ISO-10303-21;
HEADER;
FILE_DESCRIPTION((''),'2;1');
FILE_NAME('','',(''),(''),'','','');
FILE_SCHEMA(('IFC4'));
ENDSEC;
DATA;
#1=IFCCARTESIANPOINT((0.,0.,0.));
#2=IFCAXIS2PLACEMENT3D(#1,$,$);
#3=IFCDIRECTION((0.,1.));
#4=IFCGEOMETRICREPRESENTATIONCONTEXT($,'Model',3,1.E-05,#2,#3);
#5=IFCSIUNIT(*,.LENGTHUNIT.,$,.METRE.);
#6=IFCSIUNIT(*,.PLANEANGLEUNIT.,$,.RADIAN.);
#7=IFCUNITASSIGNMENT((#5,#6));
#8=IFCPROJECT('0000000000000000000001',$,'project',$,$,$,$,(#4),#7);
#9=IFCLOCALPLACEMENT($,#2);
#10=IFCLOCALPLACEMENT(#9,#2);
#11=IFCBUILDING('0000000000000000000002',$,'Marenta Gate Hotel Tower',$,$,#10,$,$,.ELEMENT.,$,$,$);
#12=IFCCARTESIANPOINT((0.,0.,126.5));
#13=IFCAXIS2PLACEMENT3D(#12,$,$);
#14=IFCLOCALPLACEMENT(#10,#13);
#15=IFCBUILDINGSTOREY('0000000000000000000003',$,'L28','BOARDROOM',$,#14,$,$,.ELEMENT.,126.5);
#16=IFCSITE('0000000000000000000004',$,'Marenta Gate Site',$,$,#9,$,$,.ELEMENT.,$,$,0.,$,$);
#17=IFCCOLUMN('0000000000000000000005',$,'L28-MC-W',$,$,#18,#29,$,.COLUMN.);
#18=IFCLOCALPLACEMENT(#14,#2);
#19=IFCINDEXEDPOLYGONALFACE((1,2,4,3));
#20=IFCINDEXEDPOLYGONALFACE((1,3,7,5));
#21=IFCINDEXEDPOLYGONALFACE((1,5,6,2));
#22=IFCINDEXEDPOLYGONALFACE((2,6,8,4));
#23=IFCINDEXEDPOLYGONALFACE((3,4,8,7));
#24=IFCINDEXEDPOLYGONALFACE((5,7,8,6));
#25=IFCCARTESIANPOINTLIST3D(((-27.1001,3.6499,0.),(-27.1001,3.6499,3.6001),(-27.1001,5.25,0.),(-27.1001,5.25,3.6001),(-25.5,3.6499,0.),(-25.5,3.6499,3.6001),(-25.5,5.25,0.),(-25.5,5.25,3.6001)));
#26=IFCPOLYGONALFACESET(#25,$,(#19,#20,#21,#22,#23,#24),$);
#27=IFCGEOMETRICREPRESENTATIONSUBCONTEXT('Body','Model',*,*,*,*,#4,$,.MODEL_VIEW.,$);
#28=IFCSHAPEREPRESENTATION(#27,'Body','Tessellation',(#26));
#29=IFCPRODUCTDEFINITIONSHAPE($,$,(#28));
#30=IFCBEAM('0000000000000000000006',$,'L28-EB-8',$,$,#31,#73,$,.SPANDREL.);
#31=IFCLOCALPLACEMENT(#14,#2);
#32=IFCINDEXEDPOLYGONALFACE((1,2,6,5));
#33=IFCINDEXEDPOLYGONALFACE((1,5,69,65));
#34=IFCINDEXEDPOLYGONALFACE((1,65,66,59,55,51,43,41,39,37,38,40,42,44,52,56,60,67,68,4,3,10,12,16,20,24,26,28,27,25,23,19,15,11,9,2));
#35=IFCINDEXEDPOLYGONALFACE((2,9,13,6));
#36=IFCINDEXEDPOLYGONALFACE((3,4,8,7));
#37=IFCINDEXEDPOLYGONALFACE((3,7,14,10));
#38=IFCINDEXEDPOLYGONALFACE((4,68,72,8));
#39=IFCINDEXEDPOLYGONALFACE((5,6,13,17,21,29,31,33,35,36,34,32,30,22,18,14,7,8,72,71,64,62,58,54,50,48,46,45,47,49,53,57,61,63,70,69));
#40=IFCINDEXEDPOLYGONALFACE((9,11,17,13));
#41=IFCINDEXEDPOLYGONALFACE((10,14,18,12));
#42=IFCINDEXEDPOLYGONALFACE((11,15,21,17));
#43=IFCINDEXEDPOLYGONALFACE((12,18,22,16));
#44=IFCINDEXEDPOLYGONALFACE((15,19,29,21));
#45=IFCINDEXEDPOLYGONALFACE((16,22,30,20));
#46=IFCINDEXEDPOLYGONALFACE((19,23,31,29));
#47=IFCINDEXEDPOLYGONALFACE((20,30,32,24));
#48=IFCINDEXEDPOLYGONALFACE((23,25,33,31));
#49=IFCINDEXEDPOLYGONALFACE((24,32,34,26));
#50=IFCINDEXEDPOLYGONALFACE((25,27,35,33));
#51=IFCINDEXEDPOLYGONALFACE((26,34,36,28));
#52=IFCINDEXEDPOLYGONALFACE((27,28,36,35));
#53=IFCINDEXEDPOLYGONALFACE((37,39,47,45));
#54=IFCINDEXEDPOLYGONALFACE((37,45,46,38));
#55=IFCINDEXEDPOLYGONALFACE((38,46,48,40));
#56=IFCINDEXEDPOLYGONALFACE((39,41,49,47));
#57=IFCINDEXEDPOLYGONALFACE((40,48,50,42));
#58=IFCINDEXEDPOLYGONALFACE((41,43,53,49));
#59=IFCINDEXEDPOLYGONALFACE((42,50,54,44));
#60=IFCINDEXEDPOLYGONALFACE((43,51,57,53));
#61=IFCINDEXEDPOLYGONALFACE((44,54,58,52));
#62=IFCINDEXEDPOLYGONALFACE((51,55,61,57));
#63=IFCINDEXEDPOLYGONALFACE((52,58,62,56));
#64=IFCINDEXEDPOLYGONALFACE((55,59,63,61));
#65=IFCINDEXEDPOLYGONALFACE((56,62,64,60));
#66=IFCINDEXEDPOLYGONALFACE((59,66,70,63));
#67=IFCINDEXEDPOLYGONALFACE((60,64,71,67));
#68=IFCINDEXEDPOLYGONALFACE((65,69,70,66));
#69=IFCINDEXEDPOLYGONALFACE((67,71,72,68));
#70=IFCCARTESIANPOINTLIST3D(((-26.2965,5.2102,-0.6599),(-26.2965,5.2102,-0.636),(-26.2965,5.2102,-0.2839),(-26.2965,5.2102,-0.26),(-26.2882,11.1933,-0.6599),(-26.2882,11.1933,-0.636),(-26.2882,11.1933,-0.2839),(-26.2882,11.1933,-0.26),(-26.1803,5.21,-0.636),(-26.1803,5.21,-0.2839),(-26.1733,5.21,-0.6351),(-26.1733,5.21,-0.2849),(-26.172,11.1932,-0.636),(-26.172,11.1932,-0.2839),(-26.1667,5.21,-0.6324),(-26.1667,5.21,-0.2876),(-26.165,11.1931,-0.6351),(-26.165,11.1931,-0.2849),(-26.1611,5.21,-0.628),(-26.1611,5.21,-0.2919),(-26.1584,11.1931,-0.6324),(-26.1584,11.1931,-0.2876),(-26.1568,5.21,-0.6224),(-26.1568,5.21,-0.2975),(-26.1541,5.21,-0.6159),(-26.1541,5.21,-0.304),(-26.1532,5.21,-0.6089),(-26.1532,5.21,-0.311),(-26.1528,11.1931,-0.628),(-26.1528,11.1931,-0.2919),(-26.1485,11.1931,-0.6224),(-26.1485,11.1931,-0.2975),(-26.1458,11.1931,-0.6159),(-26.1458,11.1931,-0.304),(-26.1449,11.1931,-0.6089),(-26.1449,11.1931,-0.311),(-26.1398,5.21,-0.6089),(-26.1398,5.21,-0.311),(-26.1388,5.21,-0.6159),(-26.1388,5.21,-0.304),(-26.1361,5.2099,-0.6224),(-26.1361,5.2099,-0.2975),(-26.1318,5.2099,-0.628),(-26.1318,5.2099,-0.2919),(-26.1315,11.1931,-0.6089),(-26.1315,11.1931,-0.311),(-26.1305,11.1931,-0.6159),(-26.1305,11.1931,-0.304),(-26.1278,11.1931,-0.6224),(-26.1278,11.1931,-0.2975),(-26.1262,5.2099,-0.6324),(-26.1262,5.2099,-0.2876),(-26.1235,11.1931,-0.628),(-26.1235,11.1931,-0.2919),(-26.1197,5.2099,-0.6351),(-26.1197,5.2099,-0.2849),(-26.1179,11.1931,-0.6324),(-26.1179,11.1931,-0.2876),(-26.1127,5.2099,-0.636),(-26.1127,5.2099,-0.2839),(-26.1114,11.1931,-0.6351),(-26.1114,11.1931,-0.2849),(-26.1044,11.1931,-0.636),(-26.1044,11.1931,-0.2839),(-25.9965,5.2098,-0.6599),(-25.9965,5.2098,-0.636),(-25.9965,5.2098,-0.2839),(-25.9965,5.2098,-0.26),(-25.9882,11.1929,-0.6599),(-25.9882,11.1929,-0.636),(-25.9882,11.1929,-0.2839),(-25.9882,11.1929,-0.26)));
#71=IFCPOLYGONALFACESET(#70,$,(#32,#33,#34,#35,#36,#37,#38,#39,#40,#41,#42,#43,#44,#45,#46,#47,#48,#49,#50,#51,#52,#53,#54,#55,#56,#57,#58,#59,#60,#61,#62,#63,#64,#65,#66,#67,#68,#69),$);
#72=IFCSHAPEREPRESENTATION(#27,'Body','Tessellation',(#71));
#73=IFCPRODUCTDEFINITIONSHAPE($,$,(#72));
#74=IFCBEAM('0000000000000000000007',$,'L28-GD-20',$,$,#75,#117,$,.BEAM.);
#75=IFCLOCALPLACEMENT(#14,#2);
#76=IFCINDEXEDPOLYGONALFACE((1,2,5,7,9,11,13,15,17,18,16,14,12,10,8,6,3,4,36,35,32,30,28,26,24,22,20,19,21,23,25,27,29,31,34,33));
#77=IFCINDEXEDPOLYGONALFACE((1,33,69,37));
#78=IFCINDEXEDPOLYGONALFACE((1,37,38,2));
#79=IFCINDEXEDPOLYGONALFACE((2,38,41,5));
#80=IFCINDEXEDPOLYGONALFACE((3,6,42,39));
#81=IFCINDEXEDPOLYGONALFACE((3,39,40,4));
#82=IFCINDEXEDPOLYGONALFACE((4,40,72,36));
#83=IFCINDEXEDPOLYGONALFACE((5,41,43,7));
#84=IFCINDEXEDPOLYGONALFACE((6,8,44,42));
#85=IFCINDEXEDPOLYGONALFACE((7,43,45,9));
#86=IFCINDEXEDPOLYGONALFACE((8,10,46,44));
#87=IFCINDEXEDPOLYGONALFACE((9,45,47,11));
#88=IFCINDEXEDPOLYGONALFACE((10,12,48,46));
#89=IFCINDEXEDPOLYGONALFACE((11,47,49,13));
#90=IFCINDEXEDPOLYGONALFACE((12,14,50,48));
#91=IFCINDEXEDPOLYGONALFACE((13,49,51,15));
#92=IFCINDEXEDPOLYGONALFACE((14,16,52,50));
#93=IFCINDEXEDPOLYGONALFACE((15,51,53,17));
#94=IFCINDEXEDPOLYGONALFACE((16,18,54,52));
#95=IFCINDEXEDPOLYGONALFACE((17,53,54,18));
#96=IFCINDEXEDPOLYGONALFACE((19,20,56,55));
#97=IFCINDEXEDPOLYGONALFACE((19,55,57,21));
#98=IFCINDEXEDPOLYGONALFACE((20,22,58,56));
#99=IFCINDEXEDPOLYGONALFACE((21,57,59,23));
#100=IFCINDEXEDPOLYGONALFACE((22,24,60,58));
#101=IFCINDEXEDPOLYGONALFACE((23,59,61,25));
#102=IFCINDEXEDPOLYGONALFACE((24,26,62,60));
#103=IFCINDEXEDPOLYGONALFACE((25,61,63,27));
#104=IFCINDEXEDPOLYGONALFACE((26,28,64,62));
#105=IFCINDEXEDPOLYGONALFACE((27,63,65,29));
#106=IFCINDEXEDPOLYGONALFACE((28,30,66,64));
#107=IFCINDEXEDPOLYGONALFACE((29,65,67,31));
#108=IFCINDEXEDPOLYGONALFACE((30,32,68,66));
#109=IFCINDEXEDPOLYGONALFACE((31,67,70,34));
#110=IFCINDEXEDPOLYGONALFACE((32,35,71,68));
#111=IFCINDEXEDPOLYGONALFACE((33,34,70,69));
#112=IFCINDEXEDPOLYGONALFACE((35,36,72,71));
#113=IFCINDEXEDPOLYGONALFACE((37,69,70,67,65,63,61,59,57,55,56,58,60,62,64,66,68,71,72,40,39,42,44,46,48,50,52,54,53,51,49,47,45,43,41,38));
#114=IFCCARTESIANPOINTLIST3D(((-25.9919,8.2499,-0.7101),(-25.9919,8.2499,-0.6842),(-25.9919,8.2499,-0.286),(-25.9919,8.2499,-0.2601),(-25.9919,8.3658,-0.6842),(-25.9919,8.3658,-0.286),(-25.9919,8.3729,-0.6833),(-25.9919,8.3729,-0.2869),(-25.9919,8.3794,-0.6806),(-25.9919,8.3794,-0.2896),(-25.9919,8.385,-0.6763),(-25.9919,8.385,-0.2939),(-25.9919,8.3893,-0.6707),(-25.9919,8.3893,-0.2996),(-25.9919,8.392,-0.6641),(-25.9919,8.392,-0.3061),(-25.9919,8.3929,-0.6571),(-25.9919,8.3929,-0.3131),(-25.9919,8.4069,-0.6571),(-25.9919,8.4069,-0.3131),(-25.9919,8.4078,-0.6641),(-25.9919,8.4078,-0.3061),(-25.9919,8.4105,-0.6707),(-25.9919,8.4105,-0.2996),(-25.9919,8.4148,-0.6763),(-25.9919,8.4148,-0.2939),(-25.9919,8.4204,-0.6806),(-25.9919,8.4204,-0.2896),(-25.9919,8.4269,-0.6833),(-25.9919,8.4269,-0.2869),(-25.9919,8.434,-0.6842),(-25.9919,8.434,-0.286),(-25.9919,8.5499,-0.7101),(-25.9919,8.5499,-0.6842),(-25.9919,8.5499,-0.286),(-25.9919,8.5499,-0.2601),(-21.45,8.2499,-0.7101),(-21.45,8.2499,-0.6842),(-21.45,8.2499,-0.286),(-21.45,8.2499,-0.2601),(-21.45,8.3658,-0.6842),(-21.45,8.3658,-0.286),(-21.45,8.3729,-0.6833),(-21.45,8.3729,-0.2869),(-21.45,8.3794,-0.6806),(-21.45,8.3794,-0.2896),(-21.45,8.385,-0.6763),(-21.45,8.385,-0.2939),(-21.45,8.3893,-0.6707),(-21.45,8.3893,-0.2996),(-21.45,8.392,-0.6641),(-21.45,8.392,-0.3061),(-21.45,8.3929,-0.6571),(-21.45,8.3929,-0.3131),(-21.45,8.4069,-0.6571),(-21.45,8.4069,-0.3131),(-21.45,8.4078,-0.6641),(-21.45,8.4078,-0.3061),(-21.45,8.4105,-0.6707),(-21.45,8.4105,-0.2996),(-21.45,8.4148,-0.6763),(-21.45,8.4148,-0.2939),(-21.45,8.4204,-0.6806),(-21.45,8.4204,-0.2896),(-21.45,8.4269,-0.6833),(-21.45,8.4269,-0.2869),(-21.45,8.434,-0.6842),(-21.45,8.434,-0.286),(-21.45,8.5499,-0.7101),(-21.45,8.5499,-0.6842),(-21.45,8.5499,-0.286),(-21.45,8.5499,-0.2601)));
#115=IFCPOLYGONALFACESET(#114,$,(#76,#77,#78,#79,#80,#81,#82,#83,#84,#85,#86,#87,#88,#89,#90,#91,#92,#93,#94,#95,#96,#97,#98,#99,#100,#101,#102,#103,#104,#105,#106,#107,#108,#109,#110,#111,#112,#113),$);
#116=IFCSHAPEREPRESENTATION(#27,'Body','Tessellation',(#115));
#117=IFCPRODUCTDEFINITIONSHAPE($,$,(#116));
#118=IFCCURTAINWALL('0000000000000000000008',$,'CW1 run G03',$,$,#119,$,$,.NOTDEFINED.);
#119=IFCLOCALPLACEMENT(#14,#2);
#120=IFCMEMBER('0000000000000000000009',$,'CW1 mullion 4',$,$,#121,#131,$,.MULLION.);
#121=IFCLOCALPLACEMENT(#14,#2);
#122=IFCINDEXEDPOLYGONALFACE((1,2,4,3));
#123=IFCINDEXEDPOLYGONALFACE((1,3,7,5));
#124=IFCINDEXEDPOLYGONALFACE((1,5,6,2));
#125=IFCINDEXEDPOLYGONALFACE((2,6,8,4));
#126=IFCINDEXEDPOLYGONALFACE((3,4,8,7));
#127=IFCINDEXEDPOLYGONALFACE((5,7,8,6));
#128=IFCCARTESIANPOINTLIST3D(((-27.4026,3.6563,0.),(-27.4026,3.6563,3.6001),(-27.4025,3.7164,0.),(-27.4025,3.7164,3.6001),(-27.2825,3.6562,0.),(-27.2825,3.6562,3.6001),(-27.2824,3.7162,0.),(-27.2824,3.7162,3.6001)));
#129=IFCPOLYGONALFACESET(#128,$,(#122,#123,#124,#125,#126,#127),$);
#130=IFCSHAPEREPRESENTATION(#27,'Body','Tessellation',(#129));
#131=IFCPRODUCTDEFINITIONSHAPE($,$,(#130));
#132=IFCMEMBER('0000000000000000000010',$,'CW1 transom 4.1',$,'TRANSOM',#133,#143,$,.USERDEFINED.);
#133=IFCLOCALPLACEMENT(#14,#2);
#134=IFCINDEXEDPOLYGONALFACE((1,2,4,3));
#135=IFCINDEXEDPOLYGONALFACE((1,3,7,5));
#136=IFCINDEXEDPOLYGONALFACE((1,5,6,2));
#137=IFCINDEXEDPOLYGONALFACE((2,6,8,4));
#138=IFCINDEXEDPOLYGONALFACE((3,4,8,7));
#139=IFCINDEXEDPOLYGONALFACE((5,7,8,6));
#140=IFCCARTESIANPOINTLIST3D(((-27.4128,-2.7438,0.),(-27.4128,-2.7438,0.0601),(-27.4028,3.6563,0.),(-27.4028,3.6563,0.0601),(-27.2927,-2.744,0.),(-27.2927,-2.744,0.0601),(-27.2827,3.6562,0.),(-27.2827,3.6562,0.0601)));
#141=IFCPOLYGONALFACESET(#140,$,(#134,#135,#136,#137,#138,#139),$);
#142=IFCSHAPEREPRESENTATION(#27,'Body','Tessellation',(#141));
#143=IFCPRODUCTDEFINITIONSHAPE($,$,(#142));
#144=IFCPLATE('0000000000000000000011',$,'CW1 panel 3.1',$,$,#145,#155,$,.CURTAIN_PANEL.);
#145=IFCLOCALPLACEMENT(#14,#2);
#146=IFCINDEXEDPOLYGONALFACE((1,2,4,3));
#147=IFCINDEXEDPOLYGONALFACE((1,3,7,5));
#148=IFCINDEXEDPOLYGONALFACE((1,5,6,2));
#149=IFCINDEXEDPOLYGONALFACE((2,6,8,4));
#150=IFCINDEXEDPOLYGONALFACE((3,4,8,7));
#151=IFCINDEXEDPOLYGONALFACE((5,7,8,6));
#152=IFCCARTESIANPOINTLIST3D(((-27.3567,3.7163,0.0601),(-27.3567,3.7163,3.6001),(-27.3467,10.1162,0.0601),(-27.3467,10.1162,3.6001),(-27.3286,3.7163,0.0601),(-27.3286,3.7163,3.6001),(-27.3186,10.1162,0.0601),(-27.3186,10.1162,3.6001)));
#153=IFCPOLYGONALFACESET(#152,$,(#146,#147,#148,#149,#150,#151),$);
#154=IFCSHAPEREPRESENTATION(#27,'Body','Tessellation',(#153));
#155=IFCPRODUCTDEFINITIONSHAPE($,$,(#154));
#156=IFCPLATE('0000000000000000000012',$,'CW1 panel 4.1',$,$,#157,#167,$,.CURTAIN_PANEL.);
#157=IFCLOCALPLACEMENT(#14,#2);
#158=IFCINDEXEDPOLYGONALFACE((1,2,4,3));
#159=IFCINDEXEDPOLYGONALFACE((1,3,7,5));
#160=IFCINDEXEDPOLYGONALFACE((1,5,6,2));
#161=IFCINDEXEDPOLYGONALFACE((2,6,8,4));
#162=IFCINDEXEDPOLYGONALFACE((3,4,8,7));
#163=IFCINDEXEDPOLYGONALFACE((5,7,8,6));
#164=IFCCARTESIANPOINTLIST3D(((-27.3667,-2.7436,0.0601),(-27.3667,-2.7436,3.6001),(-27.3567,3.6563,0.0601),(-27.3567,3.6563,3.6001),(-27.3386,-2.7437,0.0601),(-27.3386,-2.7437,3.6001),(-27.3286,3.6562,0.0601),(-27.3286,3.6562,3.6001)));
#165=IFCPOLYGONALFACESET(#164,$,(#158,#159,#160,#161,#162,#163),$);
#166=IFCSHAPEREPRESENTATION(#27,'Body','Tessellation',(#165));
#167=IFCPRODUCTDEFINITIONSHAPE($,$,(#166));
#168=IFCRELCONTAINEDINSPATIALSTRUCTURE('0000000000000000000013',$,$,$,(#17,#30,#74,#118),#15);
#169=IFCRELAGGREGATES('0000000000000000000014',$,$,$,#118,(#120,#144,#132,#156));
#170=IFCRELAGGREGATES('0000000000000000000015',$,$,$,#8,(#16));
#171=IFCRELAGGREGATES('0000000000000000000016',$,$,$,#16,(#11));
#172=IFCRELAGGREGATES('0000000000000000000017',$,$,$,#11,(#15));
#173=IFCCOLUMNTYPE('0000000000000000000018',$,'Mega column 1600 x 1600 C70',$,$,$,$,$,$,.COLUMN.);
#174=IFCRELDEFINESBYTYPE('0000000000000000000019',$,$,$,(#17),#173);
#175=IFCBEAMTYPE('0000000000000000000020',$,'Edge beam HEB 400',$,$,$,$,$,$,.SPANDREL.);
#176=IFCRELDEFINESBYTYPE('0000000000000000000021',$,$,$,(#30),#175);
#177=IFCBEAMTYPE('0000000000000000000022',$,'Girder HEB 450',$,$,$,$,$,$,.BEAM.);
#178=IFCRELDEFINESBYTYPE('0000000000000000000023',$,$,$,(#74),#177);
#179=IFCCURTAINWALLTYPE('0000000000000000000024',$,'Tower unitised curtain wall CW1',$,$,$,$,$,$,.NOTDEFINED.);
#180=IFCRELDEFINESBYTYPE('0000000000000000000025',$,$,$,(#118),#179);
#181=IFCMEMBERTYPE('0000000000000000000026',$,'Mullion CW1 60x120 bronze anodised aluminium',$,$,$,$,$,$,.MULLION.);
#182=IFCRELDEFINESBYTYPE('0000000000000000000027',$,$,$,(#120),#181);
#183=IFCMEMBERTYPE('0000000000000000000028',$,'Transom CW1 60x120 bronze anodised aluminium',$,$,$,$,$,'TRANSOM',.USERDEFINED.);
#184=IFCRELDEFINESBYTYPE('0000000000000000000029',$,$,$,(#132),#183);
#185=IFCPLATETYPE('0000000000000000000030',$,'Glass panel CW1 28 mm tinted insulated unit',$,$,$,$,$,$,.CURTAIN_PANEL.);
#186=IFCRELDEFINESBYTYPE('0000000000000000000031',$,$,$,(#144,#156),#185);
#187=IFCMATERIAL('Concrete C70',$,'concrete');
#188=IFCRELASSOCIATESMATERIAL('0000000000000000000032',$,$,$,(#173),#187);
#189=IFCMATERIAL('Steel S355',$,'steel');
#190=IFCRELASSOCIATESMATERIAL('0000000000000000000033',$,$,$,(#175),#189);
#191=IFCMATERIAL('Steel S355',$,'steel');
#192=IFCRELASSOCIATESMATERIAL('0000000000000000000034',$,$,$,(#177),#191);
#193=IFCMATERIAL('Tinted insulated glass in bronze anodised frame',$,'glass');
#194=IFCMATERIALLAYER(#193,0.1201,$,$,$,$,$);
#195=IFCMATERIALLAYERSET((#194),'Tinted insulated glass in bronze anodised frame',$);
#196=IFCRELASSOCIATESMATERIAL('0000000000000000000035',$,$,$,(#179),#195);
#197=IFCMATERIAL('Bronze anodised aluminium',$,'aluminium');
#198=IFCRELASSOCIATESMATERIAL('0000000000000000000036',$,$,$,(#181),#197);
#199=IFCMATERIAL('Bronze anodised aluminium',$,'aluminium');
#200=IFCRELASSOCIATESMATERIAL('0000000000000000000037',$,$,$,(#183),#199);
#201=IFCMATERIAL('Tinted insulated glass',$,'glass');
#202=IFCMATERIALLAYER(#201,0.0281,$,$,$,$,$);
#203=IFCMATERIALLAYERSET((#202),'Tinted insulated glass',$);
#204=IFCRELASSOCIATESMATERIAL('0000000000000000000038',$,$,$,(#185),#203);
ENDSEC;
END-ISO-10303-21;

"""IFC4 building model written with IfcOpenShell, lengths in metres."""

from ifc_helpers import new_model, si_unit, direction, frame, origin, origin_2d, place, context, subcontext, project, spatial, rectangle, i_section, extrude, material, layer, layer_set, material_profile, profile_set, type_object, element, aggregate, save


model = new_model("IFC4")

# Units and contexts
model_context = context("Model", 3, precision=1e-05, world=origin(), true_north=direction((0.0, 1.0)))
body_context = subcontext(model_context, "Body", "Model", "MODEL_VIEW")
ifc_project = project(units=[si_unit("LENGTHUNIT", "METRE"), si_unit("PLANEANGLEUNIT", "RADIAN")], contexts=[model_context])

# Site, building, storey
site_placement = place(None, origin())
site = spatial("IfcSite", under=ifc_project, at=site_placement, Name="Marenta Gate Site", CompositionType="ELEMENT", RefElevation=0.0)
building_placement = place(site_placement, origin())
building = spatial("IfcBuilding", under=site, at=building_placement, Name="Marenta Gate Hotel Tower", CompositionType="ELEMENT")
storey_placement = place(building_placement, frame((0.0, 0.0, 126.5)))
storey = spatial("IfcBuildingStorey", under=building, at=storey_placement, Name="L28", Description="BOARDROOM", CompositionType="ELEMENT", Elevation=126.5)

# Column
ifc_material_1 = material(Name="Concrete C70", Category="concrete")
ifc_material_profile_1 = material_profile(ifc_material_1, rectangle(XDim=1.6001, YDim=1.6001, at=origin_2d()), Name="1600 x 1600")
ifc_profile_set_1 = profile_set([ifc_material_profile_1], Name="Concrete C70")
column_type = type_object("IfcColumnType", Name="Mega column 1600 x 1600 C70", PredefinedType="COLUMN", material=ifc_profile_set_1)
column_placement = place(storey_placement, frame((-26.3, 4.45, 0.0), z_axis=(0.0, 0.0, 1.0), x_axis=(1.0, 0.0, 0.0)))
element("IfcColumn", 1, at=column_placement, inside=storey, type_object=column_type, Name="L28-MC-W", PredefinedType="COLUMN", context=body_context, shape_type="SweptSolid", body=[
    extrude(rectangle(XDim=1.6001, YDim=1.6001, at=origin_2d()), origin(), (0.0, 0.0, 1.0), 3.6001),
])

# Beams
ifc_material_2 = material(Name="Steel S355", Category="steel")
ifc_material_profile_2 = material_profile(ifc_material_2, i_section(OverallWidth=0.3, OverallDepth=0.3999, WebThickness=0.0134, FlangeThickness=0.0239, FilletRadius=0.0271, at=origin_2d()), Name="HEB 400")
ifc_profile_set_2 = profile_set([ifc_material_profile_2], Name="Steel S355")
beam_type_1 = type_object("IfcBeamType", Name="Edge beam HEB 400", PredefinedType="SPANDREL", material=ifc_profile_set_2)
beam_1_placement = place(storey_placement, frame((-26.1465, 5.21, -0.46), z_axis=(0.001387, 0.999999, 0.0), x_axis=(-0.999999, 0.001387, 0.0)))
element("IfcBeam", 2, at=beam_1_placement, inside=storey, type_object=beam_type_1, Name="L28-EB-8", PredefinedType="SPANDREL", context=body_context, shape_type="SweptSolid", body=[
    extrude(i_section(OverallWidth=0.3, OverallDepth=0.3999, WebThickness=0.0134, FlangeThickness=0.0239, FilletRadius=0.0271, at=origin_2d()), origin(), (0.0, 0.0, 1.0), 5.9832),
])
ifc_material_3 = material(Name="Steel S355", Category="steel")
ifc_material_profile_3 = material_profile(ifc_material_3, i_section(OverallWidth=0.3, OverallDepth=0.45, WebThickness=0.0139, FlangeThickness=0.0259, FilletRadius=0.0271, at=origin_2d()), Name="HEB 450")
ifc_profile_set_3 = profile_set([ifc_material_profile_3], Name="Steel S355")
beam_type_2 = type_object("IfcBeamType", Name="Girder HEB 450", PredefinedType="BEAM", material=ifc_profile_set_3)
beam_2_placement = place(storey_placement, frame((-25.9919, 8.3999, -0.4851), z_axis=(1.0, 0.0, 0.0), x_axis=(0.0, 1.0, 0.0)))
element("IfcBeam", 3, at=beam_2_placement, inside=storey, type_object=beam_type_2, Name="L28-GD-20", PredefinedType="BEAM", context=body_context, shape_type="SweptSolid", body=[
    extrude(i_section(OverallWidth=0.3, OverallDepth=0.45, WebThickness=0.0139, FlangeThickness=0.0259, FilletRadius=0.0271, at=origin_2d()), origin(), (0.0, 0.0, 1.0), 4.542),
])

# Curtain wall, members, plates
ifc_material_4 = material(Name="Tinted insulated glass in bronze anodised frame", Category="glass")
ifc_layer_1 = layer(ifc_material_4, 0.1201)
ifc_layer_set_1 = layer_set([ifc_layer_1], Name="Tinted insulated glass in bronze anodised frame")
curtain_wall_type = type_object("IfcCurtainWallType", Name="Tower unitised curtain wall CW1", PredefinedType="NOTDEFINED", material=ifc_layer_set_1)
curtain_wall_placement = place(storey_placement, origin())
curtain_wall = element("IfcCurtainWall", 4, at=curtain_wall_placement, inside=storey, type_object=curtain_wall_type, Name="CW1 run G03", PredefinedType="NOTDEFINED")
ifc_material_5 = material(Name="Bronze anodised aluminium", Category="aluminium")
ifc_material_profile_4 = material_profile(ifc_material_5, rectangle(XDim=0.1201, YDim=0.0601, at=origin_2d()), Name="Mullion CW1 60x120 bronze anodised aluminium")
ifc_profile_set_4 = profile_set([ifc_material_profile_4], Name="Bronze anodised aluminium")
member_type_1 = type_object("IfcMemberType", Name="Mullion CW1 60x120 bronze anodised aluminium", PredefinedType="MULLION", material=ifc_profile_set_4)
member_1_placement = place(storey_placement, frame((-27.3425, 3.6863, 0.0), z_axis=(0.0, 0.0, 1.0), x_axis=(0.999999, -0.001566, 0.0)))
member_1 = element("IfcMember", 5, at=member_1_placement, type_object=member_type_1, Name="CW1 mullion 4", PredefinedType="MULLION", context=body_context, shape_type="SweptSolid", body=[
    extrude(rectangle(XDim=0.1201, YDim=0.0601, at=origin_2d()), origin(), (0.0, 0.0, 1.0), 3.6001),
])
ifc_material_6 = material(Name="Bronze anodised aluminium", Category="aluminium")
ifc_material_profile_5 = material_profile(ifc_material_6, rectangle(XDim=0.1201, YDim=0.0601, at=origin_2d()), Name="Transom CW1 60x120 bronze anodised aluminium")
ifc_profile_set_5 = profile_set([ifc_material_profile_5], Name="Bronze anodised aluminium")
member_type_2 = type_object("IfcMemberType", Name="Transom CW1 60x120 bronze anodised aluminium", ElementType="TRANSOM", PredefinedType="USERDEFINED", material=ifc_profile_set_5)
member_2_placement = place(storey_placement, frame((-27.3428, 3.6562, 0.03), z_axis=(-0.001564, -0.999999, 0.0), x_axis=(0.999999, -0.001564, 0.0)))
member_2 = element("IfcMember", 6, at=member_2_placement, type_object=member_type_2, Name="CW1 transom 4.1", ObjectType="TRANSOM", PredefinedType="USERDEFINED", context=body_context, shape_type="SweptSolid", body=[
    extrude(rectangle(XDim=0.1201, YDim=0.0601, at=origin_2d()), origin(), (0.0, 0.0, 1.0), 6.4001),
])
ifc_material_7 = material(Name="Tinted insulated glass", Category="glass")
ifc_layer_2 = layer(ifc_material_7, 0.0281)
ifc_layer_set_2 = layer_set([ifc_layer_2], Name="Tinted insulated glass")
plate_type = type_object("IfcPlateType", Name="Glass panel CW1 28 mm tinted insulated unit", PredefinedType="CURTAIN_PANEL", material=ifc_layer_set_2)
plate_1_placement = place(storey_placement, frame((-27.3376, 6.9163, 0.0601), z_axis=(0.0, 0.0, 1.0), x_axis=(-0.001566, -0.999999, 0.0)))
plate_1 = element("IfcPlate", 7, at=plate_1_placement, type_object=plate_type, Name="CW1 panel 3.1", PredefinedType="CURTAIN_PANEL", context=body_context, shape_type="SweptSolid", body=[
    extrude(rectangle(XDim=6.3999, YDim=0.0281, at=origin_2d()), origin(), (0.0, 0.0, 1.0), 3.54),
])
plate_2_placement = place(storey_placement, frame((-27.3477, 0.4563, 0.0601), z_axis=(0.0, 0.0, 1.0), x_axis=(-0.001566, -0.999999, 0.0)))
plate_2 = element("IfcPlate", 8, at=plate_2_placement, type_object=plate_type, Name="CW1 panel 4.1", PredefinedType="CURTAIN_PANEL", context=body_context, shape_type="SweptSolid", body=[
    extrude(rectangle(XDim=6.3999, YDim=0.0281, at=origin_2d()), origin(), (0.0, 0.0, 1.0), 3.54),
])
aggregate(curtain_wall, [member_1, plate_1, member_2, plate_2])

save(model, "model.ifc")
